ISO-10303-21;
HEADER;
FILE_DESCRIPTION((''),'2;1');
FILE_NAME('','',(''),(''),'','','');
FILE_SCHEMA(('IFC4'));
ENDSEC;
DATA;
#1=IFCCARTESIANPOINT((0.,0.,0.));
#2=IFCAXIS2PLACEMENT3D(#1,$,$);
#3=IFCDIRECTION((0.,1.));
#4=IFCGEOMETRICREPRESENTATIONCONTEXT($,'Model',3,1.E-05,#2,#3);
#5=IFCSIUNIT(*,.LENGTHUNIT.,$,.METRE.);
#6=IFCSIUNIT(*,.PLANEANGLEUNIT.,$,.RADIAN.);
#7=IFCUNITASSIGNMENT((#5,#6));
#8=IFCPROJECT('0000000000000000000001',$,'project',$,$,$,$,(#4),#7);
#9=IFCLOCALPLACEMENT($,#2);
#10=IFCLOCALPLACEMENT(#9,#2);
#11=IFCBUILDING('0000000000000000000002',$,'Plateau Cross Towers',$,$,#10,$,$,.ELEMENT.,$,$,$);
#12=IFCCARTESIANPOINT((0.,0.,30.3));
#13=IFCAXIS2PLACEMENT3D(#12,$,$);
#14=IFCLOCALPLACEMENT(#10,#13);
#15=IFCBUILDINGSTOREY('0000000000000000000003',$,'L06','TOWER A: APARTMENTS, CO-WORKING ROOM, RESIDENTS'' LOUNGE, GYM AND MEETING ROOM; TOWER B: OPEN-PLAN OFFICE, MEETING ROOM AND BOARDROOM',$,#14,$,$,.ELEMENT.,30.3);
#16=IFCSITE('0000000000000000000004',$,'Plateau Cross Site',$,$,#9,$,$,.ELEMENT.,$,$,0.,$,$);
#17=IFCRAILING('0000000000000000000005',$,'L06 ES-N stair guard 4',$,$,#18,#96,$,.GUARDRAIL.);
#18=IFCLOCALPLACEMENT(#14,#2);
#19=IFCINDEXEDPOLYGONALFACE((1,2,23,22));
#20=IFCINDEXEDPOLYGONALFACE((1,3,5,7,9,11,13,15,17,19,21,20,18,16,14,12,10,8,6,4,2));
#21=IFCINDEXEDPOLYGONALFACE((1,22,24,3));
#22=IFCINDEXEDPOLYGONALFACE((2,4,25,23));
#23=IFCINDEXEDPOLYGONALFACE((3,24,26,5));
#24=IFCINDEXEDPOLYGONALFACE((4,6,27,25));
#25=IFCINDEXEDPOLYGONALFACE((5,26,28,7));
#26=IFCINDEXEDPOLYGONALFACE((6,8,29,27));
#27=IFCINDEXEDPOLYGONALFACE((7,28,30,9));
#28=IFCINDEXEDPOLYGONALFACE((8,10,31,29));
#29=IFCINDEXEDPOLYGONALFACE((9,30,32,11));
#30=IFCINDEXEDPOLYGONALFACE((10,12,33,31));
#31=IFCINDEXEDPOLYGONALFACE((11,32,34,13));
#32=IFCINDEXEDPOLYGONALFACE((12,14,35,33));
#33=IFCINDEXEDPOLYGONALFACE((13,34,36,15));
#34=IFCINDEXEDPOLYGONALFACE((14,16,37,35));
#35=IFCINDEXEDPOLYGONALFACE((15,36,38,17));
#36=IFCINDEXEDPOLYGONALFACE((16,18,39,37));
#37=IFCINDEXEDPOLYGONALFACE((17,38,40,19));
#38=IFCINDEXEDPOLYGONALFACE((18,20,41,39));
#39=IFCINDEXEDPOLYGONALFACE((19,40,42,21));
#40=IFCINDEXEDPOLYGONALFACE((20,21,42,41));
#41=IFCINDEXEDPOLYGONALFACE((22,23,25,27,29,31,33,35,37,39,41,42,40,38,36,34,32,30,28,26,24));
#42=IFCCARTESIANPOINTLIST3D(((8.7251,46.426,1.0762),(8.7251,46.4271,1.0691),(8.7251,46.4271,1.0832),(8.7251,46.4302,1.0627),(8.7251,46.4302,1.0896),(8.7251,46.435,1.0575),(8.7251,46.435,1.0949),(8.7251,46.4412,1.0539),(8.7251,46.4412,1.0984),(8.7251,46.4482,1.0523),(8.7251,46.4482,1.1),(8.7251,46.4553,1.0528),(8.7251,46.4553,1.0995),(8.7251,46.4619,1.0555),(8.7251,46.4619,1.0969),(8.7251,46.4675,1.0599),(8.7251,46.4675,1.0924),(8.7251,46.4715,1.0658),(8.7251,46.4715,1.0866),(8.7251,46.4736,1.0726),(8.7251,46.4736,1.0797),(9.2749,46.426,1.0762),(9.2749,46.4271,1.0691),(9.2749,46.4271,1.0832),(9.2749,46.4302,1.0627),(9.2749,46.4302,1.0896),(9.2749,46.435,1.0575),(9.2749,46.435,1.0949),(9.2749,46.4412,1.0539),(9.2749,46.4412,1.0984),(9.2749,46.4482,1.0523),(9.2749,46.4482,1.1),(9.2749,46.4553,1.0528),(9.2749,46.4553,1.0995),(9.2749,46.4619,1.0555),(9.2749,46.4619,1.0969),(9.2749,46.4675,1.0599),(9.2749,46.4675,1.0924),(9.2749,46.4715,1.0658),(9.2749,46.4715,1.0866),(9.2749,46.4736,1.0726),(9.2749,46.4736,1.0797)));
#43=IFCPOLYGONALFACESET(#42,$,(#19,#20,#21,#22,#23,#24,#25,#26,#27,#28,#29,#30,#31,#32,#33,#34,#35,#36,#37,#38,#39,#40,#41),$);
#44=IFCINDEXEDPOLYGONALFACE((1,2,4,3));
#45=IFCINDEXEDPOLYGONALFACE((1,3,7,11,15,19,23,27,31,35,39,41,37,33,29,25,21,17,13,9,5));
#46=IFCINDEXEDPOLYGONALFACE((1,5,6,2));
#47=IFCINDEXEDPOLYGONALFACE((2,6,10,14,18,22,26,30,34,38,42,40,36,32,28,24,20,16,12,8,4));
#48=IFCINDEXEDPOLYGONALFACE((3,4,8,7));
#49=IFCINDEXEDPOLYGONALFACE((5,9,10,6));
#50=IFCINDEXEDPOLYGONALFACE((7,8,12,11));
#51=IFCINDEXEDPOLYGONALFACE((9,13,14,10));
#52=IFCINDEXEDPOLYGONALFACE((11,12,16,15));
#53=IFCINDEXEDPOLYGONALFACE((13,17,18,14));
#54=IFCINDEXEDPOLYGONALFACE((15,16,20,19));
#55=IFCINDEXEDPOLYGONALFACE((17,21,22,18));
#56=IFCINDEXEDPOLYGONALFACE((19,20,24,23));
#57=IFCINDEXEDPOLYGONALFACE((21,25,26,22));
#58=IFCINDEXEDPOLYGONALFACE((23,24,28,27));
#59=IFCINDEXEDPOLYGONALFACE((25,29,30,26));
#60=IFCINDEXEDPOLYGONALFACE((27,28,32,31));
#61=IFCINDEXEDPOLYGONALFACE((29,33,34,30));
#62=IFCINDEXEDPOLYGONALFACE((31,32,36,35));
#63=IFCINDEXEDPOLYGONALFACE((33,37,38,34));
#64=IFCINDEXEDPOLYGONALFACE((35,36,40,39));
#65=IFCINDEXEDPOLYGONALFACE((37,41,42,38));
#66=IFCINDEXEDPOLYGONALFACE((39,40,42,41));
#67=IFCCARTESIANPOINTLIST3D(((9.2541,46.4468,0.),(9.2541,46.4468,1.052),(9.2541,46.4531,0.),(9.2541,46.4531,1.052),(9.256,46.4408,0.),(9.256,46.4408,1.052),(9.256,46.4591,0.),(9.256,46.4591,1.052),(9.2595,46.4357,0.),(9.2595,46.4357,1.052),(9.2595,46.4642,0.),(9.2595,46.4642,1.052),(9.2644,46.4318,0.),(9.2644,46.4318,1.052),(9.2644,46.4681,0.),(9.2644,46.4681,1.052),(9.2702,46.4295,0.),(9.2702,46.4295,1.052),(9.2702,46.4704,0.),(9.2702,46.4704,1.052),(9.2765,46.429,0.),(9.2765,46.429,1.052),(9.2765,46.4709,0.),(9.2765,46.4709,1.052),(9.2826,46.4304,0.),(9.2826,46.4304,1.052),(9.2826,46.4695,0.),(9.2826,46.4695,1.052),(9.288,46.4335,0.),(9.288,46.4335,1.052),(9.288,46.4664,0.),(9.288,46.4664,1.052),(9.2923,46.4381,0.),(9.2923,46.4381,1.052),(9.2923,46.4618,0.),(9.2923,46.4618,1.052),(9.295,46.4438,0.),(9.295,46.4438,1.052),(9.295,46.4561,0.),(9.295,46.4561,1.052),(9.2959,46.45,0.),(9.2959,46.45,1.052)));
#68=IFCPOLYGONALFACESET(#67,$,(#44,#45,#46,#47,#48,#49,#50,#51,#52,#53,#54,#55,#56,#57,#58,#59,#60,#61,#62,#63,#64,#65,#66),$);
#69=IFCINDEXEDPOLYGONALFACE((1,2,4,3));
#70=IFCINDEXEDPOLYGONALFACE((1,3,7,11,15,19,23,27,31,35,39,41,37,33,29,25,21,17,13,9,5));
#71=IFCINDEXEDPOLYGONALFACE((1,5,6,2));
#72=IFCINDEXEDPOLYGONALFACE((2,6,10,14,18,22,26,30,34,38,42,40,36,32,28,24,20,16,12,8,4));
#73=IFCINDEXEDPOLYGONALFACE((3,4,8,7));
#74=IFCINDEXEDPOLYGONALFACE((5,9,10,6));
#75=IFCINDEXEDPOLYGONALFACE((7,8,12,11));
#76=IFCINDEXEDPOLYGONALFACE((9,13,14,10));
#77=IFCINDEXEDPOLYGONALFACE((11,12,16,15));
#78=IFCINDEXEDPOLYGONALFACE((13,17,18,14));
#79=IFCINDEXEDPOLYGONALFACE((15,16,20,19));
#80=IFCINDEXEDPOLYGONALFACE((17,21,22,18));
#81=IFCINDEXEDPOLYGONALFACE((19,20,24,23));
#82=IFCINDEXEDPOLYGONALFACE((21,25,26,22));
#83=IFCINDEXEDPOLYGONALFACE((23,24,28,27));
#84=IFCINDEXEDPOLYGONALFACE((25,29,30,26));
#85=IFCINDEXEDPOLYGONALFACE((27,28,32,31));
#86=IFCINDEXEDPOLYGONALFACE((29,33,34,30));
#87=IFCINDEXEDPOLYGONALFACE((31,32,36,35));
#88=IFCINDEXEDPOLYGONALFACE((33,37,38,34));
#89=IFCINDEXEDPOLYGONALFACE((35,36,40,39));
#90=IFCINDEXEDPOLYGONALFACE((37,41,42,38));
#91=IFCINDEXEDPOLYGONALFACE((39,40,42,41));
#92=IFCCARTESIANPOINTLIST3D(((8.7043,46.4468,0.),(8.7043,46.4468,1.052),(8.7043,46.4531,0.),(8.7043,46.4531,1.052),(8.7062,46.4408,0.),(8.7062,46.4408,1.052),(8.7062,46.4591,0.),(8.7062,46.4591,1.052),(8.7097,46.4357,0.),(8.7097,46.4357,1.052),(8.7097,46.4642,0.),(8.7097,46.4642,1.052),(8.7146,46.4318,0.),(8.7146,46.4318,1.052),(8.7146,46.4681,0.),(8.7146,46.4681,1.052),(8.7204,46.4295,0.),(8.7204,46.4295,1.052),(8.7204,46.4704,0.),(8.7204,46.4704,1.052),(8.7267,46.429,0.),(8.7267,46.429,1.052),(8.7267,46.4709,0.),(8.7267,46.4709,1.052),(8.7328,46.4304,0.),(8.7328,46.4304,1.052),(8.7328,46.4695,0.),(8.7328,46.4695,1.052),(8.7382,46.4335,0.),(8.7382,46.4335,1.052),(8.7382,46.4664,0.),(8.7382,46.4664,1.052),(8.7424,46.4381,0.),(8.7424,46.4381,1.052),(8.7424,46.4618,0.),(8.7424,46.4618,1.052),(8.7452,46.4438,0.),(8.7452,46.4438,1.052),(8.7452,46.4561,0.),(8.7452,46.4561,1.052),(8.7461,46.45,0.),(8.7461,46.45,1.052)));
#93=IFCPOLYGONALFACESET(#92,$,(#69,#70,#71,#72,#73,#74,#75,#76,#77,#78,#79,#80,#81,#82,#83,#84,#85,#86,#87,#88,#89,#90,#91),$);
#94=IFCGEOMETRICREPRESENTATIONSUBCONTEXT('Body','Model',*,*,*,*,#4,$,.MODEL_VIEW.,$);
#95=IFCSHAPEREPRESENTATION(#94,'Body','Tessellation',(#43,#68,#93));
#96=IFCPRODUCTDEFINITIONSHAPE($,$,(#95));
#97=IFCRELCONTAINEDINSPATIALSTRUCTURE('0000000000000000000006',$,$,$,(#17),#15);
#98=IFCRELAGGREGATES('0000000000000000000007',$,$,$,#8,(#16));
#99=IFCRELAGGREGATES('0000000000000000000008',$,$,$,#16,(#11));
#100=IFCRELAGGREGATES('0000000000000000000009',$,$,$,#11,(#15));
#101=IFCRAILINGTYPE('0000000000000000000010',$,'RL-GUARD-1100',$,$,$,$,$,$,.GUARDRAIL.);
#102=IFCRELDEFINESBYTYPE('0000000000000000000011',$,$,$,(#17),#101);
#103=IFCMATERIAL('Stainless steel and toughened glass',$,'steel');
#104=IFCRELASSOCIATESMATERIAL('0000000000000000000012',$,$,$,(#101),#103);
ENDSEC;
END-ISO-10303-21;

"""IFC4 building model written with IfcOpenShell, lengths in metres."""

from ifc_helpers import new_model, si_unit, direction, frame, origin, origin_2d, place, context, subcontext, project, spatial, circle, extrude, material, type_object, element, save


model = new_model("IFC4")

# Units and contexts
model_context = context("Model", 3, precision=1e-05, world=origin(), true_north=direction((0.0, 1.0)))
body_context = subcontext(model_context, "Body", "Model", "MODEL_VIEW")
ifc_project = project(units=[si_unit("LENGTHUNIT", "METRE"), si_unit("PLANEANGLEUNIT", "RADIAN")], contexts=[model_context])

# Site, building, storey
site_placement = place(None, origin())
site = spatial("IfcSite", under=ifc_project, at=site_placement, Name="Plateau Cross Site", CompositionType="ELEMENT", RefElevation=0.0)
building_placement = place(site_placement, origin())
building = spatial("IfcBuilding", under=site, at=building_placement, Name="Plateau Cross Towers", CompositionType="ELEMENT")
storey_placement = place(building_placement, frame((0.0, 0.0, 30.3)))
storey = spatial("IfcBuildingStorey", under=building, at=storey_placement, Name="L06", Description="TOWER A: APARTMENTS, CO-WORKING ROOM, RESIDENTS' LOUNGE, GYM AND MEETING ROOM; TOWER B: OPEN-PLAN OFFICE, MEETING ROOM AND BOARDROOM", CompositionType="ELEMENT", Elevation=30.3)

# Railing
ifc_material_1 = material(Name="Stainless steel and toughened glass", Category="steel")
railing_type_1 = type_object("IfcRailingType", Name="RL-GUARD-1100", PredefinedType="GUARDRAIL", material=ifc_material_1)
railing_1_placement = place(storey_placement, frame((9.2749, 46.45, 0.0)))
element("IfcRailing", 1, at=railing_1_placement, inside=storey, type_object=railing_type_1, Name="L06 ES-N stair guard 4", PredefinedType="GUARDRAIL", context=body_context, shape_type="SweptSolid", body=[
    extrude(circle(Radius=0.0239, at=origin_2d()), frame((0.0, 0.0, 1.0762), z_axis=(-1.0, 0.0, 0.0), x_axis=(0.0, -1.0, 0.0)), (0.0, 0.0, 1.0), 0.5498),
    extrude(circle(Radius=0.021, at=origin_2d()), origin(), (0.0, 0.0, 1.0), 1.052),
    extrude(circle(Radius=0.021, at=origin_2d()), frame((-0.5498, 0.0, 0.0)), (0.0, 0.0, 1.0), 1.052),
])

save(model, "model.ifc")
